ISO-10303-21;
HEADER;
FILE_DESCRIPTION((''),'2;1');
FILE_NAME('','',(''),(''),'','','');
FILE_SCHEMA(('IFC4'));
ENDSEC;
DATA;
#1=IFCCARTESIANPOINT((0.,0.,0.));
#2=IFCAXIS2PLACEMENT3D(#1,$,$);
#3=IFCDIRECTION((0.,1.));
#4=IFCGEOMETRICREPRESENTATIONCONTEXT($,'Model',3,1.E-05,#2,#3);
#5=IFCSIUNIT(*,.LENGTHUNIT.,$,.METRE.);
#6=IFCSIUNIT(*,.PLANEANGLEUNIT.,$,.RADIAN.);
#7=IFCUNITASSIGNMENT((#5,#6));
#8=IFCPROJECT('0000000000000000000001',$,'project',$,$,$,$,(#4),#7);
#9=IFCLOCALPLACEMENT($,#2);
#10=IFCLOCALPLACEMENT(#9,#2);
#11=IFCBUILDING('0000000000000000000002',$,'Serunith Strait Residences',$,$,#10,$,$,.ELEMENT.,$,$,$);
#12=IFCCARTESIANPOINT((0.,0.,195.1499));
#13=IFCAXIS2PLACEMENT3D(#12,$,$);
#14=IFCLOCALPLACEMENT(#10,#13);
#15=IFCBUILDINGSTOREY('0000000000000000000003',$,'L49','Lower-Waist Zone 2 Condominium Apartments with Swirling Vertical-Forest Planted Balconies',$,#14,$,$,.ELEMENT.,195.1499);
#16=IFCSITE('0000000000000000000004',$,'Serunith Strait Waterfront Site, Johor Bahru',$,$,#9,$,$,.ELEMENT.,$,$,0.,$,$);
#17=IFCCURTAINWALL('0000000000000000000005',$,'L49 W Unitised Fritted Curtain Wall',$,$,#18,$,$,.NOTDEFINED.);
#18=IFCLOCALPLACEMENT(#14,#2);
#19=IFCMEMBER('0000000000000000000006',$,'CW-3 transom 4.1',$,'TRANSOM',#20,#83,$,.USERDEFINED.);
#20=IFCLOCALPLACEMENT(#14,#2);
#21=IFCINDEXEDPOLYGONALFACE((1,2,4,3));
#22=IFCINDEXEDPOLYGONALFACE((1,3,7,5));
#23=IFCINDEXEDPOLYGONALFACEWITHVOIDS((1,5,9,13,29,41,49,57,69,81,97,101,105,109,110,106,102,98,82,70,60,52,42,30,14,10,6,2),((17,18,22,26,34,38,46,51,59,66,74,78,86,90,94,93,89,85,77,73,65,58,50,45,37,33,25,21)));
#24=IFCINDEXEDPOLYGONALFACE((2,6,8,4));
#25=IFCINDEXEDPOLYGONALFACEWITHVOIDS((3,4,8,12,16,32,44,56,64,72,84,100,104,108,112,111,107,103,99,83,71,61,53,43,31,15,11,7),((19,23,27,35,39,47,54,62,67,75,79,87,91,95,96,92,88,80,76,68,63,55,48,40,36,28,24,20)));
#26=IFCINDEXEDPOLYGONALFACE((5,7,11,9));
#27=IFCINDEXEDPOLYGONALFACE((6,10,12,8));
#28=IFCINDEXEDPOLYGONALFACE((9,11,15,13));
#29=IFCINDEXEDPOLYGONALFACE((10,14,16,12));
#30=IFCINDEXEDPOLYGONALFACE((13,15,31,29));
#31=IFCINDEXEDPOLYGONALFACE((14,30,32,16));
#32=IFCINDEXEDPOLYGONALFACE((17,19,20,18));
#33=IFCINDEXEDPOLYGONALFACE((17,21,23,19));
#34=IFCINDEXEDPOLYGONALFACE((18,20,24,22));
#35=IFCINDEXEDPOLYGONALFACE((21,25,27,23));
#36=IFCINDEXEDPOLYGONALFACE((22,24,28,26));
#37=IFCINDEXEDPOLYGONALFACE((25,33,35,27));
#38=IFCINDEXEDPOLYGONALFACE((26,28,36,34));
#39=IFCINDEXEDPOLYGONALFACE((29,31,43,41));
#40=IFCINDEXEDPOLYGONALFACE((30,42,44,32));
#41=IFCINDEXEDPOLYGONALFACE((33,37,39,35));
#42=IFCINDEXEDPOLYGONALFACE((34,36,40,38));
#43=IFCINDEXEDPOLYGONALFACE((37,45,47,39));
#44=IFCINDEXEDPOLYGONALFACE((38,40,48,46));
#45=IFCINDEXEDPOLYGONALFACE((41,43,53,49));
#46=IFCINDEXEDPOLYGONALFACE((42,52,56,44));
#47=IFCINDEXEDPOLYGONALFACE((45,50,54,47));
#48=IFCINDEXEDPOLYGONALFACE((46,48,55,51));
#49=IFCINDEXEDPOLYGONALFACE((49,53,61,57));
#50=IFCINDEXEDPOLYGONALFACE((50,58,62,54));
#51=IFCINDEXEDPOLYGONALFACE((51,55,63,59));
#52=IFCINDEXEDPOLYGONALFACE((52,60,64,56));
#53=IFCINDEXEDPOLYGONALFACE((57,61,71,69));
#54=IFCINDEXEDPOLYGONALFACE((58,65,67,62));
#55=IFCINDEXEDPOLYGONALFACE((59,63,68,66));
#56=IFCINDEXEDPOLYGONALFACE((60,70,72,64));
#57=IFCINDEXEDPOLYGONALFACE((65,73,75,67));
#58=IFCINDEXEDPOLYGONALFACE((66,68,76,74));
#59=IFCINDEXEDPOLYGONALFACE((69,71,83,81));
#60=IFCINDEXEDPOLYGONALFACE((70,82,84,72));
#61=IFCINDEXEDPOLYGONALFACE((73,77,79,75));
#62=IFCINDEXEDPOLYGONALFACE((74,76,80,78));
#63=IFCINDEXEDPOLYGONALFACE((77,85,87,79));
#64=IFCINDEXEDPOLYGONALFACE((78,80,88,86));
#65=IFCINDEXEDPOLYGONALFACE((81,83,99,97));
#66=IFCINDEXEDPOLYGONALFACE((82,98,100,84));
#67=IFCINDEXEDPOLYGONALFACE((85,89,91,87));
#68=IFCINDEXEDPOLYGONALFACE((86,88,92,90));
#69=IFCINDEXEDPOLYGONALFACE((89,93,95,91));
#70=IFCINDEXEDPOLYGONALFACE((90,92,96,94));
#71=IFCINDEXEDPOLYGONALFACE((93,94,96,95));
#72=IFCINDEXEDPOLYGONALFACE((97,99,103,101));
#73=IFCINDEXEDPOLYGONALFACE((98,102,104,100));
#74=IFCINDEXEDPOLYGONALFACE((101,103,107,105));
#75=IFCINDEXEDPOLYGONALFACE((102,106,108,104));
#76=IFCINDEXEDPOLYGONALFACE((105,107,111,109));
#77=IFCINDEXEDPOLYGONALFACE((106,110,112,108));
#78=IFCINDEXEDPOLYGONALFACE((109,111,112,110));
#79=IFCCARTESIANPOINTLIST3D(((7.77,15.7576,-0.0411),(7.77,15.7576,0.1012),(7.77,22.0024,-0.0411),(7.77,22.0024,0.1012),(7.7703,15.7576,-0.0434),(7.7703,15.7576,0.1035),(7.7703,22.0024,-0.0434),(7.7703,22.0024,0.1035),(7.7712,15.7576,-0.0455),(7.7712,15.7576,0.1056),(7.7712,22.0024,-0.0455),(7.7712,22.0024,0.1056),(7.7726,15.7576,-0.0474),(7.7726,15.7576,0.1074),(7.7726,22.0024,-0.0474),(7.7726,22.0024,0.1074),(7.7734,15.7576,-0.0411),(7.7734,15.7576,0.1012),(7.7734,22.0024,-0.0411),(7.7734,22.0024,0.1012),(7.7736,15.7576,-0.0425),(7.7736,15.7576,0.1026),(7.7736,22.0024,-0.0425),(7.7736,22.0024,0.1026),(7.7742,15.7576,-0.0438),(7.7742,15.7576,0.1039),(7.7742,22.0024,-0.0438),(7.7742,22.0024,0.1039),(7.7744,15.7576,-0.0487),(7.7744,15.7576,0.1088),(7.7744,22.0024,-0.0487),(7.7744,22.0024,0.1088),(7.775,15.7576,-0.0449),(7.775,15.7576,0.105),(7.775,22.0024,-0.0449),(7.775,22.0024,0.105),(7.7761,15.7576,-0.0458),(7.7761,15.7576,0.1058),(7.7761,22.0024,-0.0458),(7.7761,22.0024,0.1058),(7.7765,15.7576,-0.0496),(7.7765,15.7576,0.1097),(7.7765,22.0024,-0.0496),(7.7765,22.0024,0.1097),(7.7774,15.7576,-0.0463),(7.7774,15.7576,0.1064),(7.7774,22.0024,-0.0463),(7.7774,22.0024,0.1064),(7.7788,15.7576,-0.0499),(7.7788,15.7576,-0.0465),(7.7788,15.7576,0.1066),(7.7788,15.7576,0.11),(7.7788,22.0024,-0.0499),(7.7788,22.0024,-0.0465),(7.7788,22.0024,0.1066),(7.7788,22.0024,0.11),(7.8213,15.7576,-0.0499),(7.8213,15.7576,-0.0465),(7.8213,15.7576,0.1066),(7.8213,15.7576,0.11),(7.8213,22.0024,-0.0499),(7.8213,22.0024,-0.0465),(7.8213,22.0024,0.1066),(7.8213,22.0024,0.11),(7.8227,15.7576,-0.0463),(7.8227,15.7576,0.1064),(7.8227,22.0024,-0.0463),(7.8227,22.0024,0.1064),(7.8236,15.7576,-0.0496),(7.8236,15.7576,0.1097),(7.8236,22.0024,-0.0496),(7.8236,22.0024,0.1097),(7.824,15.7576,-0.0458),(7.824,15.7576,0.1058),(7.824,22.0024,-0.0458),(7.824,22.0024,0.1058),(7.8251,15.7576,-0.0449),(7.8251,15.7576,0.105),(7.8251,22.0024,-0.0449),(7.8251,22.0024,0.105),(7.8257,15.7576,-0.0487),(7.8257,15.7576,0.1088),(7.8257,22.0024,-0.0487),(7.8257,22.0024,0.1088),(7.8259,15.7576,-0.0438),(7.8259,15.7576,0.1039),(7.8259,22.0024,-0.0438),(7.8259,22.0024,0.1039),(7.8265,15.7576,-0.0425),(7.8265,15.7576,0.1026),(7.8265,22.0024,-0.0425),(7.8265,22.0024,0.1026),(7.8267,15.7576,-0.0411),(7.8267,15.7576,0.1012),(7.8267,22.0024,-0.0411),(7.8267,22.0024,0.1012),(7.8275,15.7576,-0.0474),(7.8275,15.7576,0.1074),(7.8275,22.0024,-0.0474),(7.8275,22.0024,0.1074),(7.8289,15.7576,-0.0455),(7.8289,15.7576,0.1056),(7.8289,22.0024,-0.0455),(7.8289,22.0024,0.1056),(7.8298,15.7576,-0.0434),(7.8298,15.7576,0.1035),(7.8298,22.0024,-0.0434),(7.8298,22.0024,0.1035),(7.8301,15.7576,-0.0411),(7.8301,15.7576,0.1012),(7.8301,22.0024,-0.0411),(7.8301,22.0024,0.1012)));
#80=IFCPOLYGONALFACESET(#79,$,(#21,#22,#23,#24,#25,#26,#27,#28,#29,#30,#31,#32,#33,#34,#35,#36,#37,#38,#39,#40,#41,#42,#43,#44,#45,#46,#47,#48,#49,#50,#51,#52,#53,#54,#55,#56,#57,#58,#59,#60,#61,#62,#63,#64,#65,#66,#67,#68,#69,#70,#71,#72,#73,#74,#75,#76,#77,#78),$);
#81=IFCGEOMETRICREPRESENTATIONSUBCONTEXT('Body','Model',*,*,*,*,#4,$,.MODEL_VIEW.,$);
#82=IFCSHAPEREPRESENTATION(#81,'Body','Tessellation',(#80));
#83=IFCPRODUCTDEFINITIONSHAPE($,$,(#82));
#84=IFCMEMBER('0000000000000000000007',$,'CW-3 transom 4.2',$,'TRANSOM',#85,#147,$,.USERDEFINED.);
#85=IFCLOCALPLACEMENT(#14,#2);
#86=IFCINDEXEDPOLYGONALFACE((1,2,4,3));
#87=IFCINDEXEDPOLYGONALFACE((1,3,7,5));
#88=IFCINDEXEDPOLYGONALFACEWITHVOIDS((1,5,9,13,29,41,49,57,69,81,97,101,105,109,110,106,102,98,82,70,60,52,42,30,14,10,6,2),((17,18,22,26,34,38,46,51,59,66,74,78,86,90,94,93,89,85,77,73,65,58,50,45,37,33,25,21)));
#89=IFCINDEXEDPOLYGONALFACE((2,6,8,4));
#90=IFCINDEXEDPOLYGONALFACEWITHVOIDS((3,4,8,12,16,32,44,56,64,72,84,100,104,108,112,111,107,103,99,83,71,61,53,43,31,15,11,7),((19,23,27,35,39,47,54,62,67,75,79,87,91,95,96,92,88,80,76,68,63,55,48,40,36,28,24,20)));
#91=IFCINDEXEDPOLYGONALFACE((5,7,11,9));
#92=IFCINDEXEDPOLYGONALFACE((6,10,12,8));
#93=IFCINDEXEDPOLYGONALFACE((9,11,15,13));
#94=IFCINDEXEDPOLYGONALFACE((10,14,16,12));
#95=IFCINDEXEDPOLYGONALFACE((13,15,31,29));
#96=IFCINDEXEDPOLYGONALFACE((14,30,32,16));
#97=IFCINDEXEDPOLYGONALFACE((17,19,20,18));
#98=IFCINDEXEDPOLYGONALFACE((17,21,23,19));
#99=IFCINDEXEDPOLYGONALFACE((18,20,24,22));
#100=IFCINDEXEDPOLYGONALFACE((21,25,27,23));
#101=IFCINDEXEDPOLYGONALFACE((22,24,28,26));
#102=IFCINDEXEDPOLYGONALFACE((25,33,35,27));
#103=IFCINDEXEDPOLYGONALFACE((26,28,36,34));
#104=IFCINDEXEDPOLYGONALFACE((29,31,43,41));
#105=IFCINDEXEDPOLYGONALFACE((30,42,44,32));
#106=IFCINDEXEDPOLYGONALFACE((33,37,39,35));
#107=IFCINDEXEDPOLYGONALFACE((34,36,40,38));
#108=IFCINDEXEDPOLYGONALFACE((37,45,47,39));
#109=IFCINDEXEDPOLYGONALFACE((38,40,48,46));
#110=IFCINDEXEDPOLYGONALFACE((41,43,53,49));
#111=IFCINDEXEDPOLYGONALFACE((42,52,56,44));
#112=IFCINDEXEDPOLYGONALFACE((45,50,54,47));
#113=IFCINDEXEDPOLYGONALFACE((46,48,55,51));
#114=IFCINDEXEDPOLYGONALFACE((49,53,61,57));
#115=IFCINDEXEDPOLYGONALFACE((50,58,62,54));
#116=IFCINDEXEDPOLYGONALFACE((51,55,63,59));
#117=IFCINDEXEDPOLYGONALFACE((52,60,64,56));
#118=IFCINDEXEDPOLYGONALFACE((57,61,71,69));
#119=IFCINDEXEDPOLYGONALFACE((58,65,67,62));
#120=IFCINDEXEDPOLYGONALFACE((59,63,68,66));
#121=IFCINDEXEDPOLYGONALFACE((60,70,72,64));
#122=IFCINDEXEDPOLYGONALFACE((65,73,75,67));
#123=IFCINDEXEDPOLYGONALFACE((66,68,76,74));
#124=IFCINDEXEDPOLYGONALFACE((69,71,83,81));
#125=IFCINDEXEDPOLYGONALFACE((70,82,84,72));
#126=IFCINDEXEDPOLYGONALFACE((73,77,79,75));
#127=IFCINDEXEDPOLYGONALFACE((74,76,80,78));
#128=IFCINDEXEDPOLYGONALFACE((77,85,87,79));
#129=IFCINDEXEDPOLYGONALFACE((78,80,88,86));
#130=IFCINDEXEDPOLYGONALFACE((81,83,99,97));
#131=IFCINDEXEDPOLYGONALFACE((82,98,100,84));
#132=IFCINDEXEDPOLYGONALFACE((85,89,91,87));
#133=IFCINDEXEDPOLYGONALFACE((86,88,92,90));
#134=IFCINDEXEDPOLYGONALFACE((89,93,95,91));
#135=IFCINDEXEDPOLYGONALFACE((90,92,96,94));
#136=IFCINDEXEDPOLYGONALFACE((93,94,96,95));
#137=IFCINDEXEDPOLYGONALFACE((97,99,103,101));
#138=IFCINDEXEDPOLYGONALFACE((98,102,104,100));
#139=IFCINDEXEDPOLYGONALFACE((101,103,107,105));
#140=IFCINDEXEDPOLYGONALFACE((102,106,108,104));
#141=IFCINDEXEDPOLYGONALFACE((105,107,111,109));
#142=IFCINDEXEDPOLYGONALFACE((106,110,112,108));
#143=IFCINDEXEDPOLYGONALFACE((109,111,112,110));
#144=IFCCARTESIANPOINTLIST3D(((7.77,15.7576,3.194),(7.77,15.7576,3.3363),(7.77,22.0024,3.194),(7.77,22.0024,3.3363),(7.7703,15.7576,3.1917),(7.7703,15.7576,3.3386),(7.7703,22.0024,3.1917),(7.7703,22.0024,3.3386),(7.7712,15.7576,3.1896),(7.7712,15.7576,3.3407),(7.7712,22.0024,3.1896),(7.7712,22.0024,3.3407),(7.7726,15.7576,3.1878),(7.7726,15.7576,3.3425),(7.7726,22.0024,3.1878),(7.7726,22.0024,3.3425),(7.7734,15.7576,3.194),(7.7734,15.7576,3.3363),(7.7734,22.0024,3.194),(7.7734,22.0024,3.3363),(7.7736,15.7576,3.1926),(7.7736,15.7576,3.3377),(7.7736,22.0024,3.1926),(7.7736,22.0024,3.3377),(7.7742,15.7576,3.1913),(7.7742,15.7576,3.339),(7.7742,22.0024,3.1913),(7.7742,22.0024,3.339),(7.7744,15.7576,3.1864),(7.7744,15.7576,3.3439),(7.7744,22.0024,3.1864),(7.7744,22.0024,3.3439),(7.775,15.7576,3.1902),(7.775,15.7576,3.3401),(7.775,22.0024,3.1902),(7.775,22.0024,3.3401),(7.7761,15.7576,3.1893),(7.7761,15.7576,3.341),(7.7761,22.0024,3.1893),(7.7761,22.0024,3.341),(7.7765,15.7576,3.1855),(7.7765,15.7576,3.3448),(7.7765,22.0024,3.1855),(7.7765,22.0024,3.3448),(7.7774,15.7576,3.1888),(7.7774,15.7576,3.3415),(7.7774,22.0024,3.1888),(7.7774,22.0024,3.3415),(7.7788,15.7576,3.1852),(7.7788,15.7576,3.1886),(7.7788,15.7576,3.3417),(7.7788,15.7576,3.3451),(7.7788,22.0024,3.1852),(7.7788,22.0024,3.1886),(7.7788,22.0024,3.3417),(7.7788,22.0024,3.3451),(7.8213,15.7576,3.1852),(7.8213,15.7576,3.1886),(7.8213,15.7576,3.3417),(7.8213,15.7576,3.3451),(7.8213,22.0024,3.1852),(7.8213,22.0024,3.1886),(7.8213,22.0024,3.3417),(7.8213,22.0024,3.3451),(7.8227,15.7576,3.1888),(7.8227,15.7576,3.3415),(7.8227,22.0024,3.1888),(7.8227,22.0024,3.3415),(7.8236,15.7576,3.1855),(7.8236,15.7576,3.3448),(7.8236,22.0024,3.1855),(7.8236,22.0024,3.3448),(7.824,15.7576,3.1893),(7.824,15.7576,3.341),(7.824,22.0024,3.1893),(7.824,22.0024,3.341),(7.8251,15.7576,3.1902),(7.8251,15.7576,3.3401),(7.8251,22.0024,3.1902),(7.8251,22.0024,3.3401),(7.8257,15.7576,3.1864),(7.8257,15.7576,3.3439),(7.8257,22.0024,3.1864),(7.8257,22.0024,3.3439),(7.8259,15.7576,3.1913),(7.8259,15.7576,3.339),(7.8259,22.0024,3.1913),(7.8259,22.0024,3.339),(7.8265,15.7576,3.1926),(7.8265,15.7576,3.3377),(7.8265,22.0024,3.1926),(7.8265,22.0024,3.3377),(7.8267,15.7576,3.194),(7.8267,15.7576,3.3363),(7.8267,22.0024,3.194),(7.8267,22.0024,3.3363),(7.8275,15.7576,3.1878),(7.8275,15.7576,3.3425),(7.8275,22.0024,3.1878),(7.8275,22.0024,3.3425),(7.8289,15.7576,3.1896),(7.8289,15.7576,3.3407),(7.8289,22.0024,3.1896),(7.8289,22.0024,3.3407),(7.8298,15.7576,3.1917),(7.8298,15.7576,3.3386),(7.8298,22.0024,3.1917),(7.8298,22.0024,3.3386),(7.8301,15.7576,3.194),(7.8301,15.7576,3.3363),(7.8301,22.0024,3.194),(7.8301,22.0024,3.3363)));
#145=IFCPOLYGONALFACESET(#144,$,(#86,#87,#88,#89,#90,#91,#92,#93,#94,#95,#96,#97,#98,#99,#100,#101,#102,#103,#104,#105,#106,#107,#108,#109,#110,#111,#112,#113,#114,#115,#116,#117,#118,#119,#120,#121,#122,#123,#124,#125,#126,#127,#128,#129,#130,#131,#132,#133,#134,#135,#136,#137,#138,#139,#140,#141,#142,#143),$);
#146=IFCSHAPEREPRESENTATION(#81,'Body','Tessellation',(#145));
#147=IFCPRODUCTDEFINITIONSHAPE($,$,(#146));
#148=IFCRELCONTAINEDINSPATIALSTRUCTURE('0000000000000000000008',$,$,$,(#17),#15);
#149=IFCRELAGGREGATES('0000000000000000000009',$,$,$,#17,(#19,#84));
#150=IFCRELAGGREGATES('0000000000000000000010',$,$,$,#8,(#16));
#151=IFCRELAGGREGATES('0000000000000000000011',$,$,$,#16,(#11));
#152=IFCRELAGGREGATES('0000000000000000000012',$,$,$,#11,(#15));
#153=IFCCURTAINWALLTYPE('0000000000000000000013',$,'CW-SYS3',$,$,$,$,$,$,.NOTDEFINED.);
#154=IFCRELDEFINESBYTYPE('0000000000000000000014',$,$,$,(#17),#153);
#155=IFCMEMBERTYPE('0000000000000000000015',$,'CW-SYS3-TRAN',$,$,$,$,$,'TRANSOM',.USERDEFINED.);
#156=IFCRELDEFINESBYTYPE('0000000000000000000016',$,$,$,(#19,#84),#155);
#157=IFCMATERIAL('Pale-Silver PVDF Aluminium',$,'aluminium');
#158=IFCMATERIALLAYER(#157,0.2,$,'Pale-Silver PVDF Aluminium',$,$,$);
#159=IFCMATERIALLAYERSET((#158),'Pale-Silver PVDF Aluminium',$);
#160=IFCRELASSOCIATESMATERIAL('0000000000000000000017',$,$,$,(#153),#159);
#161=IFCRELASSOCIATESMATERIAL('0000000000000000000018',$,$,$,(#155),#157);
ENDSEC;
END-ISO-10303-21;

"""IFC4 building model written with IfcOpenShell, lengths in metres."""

from ifc_helpers import new_model, si_unit, direction, frame, origin, origin_2d, place, context, subcontext, project, spatial, hollow_rectangle, extrude, source, transform, mapped, material, layer, layer_set, material_profile, profile_set, type_object, element, aggregate, save


model = new_model("IFC4")

# Units and contexts
model_context = context("Model", 3, precision=1e-05, world=origin(), true_north=direction((0.0, 1.0)))
body_context = subcontext(model_context, "Body", "Model", "MODEL_VIEW")
ifc_project = project(units=[si_unit("LENGTHUNIT", "METRE"), si_unit("PLANEANGLEUNIT", "RADIAN")], contexts=[model_context])

# Site, building, storey
site_placement = place(None, origin())
site = spatial("IfcSite", under=ifc_project, at=site_placement, Name="Serunith Strait Waterfront Site, Johor Bahru", CompositionType="ELEMENT", RefElevation=0.0)
building_placement = place(site_placement, origin())
building = spatial("IfcBuilding", under=site, at=building_placement, Name="Serunith Strait Residences", CompositionType="ELEMENT")
storey_placement = place(building_placement, frame((0.0, 0.0, 195.1499)))
storey = spatial("IfcBuildingStorey", under=building, at=storey_placement, Name="L49", Description="Lower-Waist Zone 2 Condominium Apartments with Swirling Vertical-Forest Planted Balconies", CompositionType="ELEMENT", Elevation=195.1499)

# Curtain wall, members
ifc_material_1 = material(Name="Pale-Silver PVDF Aluminium", Category="aluminium")
ifc_layer_1 = layer(ifc_material_1, 0.2, Name="Pale-Silver PVDF Aluminium")
ifc_layer_set_1 = layer_set([ifc_layer_1], Name="Pale-Silver PVDF Aluminium")
curtain_wall_type = type_object("IfcCurtainWallType", Name="CW-SYS3", PredefinedType="NOTDEFINED", material=ifc_layer_set_1)
curtain_wall_placement = place(storey_placement, origin())
curtain_wall = element("IfcCurtainWall", 1, at=curtain_wall_placement, inside=storey, type_object=curtain_wall_type, Name="L49 W Unitised Fritted Curtain Wall", PredefinedType="NOTDEFINED")
ifc_material_profile_1 = material_profile(ifc_material_1, hollow_rectangle(XDim=0.0601, YDim=0.1599, WallThickness=0.0034, InnerFilletRadius=0.0054, OuterFilletRadius=0.0088, at=origin_2d()), Name="ALU 160x60x3.5")
ifc_profile_set_1 = profile_set([ifc_material_profile_1], Name="Pale-Silver PVDF Aluminium")
member_type_1 = type_object("IfcMemberType", Name="CW-SYS3-TRAN", ElementType="TRANSOM", PredefinedType="USERDEFINED", material=ifc_profile_set_1)
shared_shape_1 = source(origin(), body_context, "Body", "SweptSolid", [
    extrude(hollow_rectangle(XDim=0.0601, YDim=0.1599, WallThickness=0.0034, InnerFilletRadius=0.0054, OuterFilletRadius=0.0088, at=origin_2d()), origin(), (0.0, 0.0, 1.0), 6.2449),
])
member_1_placement = place(storey_placement, frame((7.8, 22.0024, 0.03), z_axis=(0.0, -1.0, 0.0), x_axis=(1.0, 0.0, 0.0)))
member_1 = element("IfcMember", 2, at=member_1_placement, type_object=member_type_1, Name="CW-3 transom 4.1", ObjectType="TRANSOM", PredefinedType="USERDEFINED", context=body_context, shape_type="MappedRepresentation", body=[
    mapped(shared_shape_1, transform((0.0, 0.0, 0.0), scale=1.0)),
])
member_2_placement = place(storey_placement, frame((7.8, 22.0024, 3.2651), z_axis=(0.0, -1.0, 0.0), x_axis=(1.0, 0.0, 0.0)))
member_2 = element("IfcMember", 3, at=member_2_placement, type_object=member_type_1, Name="CW-3 transom 4.2", ObjectType="TRANSOM", PredefinedType="USERDEFINED", context=body_context, shape_type="MappedRepresentation", body=[
    mapped(shared_shape_1, transform((0.0, 0.0, 0.0), scale=1.0)),
])
aggregate(curtain_wall, [member_1, member_2])

save(model, "model.ifc")
